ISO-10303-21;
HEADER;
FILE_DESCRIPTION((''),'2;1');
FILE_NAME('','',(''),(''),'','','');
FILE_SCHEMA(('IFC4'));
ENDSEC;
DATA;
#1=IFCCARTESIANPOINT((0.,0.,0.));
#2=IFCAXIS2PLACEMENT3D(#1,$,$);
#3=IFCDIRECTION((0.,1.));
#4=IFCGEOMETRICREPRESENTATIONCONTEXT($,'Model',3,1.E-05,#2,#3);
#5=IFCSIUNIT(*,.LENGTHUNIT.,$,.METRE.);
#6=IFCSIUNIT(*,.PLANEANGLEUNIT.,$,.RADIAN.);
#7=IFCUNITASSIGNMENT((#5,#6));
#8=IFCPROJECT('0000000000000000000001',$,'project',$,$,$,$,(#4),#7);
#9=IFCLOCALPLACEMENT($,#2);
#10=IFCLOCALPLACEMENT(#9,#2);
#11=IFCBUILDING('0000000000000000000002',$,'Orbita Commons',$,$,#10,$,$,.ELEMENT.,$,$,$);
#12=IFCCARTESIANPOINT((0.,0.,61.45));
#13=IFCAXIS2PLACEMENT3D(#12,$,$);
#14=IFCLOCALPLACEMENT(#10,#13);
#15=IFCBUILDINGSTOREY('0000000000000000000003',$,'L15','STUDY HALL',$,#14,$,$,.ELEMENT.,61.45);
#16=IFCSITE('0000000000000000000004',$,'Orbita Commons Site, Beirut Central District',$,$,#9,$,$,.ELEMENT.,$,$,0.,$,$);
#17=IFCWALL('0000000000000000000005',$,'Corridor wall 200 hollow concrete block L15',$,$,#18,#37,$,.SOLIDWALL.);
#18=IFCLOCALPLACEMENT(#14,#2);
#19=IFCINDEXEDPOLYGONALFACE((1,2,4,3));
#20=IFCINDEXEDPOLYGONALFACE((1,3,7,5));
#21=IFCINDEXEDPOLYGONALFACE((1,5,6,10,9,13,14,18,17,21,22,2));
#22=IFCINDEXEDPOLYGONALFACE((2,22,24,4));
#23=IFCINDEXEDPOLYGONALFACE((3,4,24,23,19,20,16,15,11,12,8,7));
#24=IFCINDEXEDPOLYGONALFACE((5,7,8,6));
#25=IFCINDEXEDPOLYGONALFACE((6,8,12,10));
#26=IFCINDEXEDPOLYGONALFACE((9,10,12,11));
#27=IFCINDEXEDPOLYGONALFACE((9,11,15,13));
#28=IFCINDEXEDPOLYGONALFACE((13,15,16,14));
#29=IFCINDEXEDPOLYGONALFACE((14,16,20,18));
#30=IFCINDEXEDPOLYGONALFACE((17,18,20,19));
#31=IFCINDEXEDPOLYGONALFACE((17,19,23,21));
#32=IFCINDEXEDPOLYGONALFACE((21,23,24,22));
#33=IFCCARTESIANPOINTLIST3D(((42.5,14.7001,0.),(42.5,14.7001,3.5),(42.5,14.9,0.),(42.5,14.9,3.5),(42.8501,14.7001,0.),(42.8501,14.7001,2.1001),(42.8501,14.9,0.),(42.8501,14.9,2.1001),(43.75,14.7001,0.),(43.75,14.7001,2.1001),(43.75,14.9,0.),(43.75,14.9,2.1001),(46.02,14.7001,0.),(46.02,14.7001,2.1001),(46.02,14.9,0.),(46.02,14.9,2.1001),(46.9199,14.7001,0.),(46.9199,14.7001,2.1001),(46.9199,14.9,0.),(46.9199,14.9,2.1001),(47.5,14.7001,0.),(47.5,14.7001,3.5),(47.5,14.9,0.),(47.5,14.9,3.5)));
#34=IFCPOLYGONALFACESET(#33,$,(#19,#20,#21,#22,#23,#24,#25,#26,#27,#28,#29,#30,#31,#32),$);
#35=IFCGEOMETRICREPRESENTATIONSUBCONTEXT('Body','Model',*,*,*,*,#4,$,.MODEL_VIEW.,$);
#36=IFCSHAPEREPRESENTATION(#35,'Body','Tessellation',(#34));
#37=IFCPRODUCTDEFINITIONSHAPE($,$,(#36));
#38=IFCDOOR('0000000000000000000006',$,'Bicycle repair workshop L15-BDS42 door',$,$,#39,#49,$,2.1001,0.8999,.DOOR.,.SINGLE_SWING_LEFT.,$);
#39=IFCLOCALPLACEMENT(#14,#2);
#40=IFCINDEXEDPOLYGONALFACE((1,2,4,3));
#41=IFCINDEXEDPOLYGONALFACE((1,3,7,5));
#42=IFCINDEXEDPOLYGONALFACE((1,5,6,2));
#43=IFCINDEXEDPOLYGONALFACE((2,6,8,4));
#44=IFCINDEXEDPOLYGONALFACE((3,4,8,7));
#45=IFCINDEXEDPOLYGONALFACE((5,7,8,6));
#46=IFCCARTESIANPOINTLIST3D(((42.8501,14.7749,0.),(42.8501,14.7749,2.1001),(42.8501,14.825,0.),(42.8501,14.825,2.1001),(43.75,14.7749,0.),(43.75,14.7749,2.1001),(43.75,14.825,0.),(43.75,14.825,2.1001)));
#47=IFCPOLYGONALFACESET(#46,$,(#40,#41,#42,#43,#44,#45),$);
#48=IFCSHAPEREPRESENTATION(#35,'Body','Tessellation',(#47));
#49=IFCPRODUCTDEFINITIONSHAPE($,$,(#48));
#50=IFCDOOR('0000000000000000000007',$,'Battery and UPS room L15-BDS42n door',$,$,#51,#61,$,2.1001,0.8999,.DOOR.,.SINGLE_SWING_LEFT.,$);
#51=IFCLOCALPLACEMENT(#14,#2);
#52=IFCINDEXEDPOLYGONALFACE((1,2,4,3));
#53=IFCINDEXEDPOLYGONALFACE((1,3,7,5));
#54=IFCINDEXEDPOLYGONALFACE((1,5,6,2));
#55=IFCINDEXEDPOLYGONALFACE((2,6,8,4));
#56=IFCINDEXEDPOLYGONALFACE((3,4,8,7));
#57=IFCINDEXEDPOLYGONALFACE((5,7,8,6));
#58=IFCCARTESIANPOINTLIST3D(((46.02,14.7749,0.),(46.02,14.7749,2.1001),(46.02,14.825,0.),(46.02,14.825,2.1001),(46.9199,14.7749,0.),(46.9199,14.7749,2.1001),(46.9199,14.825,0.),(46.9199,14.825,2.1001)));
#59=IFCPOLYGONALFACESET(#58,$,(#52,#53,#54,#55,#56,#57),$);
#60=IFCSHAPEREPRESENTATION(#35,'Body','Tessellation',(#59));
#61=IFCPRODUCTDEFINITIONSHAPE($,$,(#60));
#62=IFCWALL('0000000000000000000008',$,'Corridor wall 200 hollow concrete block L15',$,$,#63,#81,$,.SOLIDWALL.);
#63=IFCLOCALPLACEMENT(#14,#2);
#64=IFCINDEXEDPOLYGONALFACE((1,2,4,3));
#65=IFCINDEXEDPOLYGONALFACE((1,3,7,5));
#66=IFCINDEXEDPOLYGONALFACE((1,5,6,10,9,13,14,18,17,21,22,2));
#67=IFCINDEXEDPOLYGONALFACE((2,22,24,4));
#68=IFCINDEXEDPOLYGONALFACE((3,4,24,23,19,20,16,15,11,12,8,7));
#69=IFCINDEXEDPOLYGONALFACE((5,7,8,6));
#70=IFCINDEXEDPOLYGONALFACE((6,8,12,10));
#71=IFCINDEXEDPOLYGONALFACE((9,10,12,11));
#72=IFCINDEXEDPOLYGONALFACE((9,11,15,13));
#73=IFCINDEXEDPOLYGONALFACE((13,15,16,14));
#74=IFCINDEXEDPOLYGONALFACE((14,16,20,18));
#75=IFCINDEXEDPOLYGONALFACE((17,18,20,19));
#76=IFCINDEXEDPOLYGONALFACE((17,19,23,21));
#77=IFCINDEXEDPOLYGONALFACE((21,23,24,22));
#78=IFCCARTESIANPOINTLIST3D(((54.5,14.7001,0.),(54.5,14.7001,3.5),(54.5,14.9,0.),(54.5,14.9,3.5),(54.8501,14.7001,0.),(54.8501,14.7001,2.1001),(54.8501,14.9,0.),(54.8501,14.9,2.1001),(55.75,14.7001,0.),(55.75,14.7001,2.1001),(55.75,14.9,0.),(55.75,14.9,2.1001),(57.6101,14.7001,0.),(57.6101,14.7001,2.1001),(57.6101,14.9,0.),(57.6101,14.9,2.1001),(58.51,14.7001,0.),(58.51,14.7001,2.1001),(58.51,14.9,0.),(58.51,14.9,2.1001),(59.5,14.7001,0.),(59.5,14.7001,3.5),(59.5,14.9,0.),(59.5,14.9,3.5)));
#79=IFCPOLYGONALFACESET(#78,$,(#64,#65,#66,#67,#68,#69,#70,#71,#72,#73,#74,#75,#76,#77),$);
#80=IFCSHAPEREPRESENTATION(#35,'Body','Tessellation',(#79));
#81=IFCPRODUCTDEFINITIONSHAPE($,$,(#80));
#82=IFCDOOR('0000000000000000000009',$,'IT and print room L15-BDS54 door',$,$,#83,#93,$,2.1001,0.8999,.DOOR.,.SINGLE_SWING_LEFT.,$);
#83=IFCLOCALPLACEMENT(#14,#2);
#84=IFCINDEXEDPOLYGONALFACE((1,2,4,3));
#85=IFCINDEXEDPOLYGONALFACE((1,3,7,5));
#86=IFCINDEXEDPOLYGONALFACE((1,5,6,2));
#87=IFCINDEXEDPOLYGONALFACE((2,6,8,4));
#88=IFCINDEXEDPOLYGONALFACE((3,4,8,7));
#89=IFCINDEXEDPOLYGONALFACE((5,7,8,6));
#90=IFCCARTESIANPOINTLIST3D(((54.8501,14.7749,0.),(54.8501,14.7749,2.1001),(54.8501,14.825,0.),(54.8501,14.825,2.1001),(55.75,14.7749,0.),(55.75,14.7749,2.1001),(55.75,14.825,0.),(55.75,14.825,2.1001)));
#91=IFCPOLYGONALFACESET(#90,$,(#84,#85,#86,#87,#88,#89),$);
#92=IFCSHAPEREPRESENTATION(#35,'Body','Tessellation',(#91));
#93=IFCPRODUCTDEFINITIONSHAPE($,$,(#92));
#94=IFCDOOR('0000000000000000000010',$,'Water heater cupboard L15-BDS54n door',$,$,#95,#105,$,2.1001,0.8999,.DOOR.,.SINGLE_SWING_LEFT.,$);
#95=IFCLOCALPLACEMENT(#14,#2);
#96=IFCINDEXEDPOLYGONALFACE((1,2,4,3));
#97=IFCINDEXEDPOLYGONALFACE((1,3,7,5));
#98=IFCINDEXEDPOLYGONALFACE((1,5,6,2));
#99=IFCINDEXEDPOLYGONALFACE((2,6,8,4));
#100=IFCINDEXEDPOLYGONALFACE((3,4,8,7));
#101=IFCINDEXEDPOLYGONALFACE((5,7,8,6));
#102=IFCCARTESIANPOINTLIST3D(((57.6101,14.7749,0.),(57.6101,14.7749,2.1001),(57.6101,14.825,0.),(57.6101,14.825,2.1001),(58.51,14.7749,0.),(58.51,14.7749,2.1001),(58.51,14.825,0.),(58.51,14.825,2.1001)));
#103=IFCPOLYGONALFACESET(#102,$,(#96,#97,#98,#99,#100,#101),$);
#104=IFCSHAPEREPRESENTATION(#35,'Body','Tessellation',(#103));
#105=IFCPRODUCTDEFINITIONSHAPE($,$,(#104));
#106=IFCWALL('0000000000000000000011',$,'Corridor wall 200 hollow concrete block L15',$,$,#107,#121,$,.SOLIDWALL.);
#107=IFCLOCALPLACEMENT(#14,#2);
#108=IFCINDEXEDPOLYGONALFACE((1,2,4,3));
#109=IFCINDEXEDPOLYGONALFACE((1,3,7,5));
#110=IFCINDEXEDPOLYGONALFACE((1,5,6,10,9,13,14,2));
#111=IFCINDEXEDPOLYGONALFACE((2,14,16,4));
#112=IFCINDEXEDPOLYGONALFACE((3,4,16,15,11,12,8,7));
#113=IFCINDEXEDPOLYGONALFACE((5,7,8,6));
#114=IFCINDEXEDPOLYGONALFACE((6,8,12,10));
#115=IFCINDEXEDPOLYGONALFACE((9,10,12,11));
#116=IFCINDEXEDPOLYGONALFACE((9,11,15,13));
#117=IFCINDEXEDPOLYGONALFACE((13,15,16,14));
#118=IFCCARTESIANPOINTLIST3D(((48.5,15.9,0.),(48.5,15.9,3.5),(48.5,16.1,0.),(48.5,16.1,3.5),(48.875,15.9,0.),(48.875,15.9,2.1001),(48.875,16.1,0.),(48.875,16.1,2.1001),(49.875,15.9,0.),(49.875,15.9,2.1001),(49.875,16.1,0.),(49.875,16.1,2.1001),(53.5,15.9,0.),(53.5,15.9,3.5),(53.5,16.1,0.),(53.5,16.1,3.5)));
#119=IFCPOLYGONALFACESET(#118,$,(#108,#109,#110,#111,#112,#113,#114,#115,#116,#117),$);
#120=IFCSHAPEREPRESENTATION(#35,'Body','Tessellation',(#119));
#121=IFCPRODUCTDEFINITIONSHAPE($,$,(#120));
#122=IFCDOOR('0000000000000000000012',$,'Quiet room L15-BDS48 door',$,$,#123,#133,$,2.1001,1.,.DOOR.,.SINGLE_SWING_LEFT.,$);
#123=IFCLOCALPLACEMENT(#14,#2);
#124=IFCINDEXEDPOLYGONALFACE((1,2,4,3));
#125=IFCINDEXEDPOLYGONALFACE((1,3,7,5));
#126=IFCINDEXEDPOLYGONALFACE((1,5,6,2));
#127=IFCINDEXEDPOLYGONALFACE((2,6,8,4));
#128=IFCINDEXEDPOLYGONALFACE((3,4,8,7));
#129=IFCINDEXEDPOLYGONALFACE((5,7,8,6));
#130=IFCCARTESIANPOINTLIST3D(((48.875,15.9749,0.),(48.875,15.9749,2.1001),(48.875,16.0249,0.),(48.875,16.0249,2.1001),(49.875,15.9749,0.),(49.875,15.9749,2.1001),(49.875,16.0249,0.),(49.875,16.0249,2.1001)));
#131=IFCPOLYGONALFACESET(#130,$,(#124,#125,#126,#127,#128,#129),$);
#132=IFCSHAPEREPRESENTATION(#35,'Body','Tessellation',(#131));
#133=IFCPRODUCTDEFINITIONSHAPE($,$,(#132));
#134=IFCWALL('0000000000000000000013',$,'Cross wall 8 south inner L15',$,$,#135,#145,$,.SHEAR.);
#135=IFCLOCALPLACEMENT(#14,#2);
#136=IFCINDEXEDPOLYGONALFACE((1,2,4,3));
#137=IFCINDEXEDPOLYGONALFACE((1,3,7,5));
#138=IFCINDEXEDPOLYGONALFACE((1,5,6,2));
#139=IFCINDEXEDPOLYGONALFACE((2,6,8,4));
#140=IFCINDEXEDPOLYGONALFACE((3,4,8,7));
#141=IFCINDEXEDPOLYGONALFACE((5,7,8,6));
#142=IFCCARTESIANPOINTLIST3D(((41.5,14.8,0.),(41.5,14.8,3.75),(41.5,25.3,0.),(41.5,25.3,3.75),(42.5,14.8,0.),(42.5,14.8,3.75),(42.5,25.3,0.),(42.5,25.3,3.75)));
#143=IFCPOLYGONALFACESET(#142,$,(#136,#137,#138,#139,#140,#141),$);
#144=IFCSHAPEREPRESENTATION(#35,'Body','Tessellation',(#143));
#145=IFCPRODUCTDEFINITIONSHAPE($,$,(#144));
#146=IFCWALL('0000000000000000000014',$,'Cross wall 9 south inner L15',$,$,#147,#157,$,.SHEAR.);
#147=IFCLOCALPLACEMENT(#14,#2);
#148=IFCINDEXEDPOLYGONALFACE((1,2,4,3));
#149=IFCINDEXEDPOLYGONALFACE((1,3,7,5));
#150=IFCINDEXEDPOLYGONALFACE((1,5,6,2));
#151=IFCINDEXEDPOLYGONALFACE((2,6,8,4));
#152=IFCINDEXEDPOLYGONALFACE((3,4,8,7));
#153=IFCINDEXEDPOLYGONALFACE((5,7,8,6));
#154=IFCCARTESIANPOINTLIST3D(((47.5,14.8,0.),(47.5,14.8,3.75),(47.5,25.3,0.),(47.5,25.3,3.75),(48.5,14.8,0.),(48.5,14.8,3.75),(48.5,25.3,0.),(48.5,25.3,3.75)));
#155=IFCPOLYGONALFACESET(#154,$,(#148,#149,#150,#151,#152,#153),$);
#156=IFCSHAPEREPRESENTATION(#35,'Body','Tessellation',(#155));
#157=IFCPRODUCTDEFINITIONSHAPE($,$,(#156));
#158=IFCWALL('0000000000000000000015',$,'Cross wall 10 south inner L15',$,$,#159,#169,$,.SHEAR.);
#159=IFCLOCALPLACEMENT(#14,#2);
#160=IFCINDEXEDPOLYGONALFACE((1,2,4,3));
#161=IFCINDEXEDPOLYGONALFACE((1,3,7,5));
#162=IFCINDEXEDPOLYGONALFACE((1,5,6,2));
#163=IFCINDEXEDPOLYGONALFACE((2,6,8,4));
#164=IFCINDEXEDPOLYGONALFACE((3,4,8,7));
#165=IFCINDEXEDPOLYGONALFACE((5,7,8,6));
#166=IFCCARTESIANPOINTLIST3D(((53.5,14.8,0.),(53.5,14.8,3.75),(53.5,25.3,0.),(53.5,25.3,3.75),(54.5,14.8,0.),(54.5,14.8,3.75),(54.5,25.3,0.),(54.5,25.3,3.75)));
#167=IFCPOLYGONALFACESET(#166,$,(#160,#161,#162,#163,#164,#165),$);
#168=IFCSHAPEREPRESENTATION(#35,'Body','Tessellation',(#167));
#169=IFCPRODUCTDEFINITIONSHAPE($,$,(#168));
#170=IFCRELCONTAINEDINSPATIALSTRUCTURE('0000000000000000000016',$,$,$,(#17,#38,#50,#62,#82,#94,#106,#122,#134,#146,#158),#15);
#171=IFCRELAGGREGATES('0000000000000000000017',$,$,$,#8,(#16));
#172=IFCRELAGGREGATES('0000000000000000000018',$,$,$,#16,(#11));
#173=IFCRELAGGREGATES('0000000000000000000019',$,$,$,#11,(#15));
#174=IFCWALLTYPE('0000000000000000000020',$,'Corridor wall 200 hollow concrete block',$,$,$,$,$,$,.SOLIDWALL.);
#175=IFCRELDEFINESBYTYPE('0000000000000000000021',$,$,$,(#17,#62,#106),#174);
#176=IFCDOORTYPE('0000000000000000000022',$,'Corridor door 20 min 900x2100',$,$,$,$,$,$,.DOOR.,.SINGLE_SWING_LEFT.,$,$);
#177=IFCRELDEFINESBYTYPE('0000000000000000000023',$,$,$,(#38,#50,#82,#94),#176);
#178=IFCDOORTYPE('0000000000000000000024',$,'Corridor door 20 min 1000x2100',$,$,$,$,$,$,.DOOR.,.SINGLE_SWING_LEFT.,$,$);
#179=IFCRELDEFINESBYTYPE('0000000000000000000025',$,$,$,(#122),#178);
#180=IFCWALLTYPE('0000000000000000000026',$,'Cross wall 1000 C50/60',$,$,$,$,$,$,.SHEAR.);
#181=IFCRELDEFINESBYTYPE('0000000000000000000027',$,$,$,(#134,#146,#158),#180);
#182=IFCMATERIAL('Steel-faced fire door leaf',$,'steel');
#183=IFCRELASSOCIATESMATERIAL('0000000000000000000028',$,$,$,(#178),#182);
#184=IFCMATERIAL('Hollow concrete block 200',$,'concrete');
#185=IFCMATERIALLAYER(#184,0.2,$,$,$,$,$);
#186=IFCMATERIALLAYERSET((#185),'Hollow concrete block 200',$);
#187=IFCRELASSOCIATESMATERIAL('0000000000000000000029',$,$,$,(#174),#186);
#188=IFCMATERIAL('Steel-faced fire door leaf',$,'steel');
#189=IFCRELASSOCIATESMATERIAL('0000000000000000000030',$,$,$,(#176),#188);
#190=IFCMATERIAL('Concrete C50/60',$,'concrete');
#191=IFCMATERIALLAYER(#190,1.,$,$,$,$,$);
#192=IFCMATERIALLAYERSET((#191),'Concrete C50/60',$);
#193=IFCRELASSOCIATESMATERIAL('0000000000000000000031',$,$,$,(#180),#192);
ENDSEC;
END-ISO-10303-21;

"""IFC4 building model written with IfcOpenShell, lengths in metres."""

from ifc_helpers import new_model, si_unit, direction, frame, frame_2d, origin, place, context, subcontext, project, spatial, rectangle, extrude, material, layer, layer_set, type_object, element, fill, save


model = new_model("IFC4")

# Units and contexts
model_context = context("Model", 3, precision=1e-05, world=origin(), true_north=direction((0.0, 1.0)))
body_context = subcontext(model_context, "Body", "Model", "MODEL_VIEW")
ifc_project = project(units=[si_unit("LENGTHUNIT", "METRE"), si_unit("PLANEANGLEUNIT", "RADIAN")], contexts=[model_context])

# Site, building, storey
site_placement = place(None, origin())
site = spatial("IfcSite", under=ifc_project, at=site_placement, Name="Orbita Commons Site, Beirut Central District", CompositionType="ELEMENT", RefElevation=0.0)
building_placement = place(site_placement, origin())
building = spatial("IfcBuilding", under=site, at=building_placement, Name="Orbita Commons", CompositionType="ELEMENT")
storey_placement = place(building_placement, frame((0.0, 0.0, 61.45)))
storey = spatial("IfcBuildingStorey", under=building, at=storey_placement, Name="L15", Description="STUDY HALL", CompositionType="ELEMENT", Elevation=61.45)

# Shared definitions
ifc_material_1 = material(Name="Steel-faced fire door leaf", Category="steel")
door_type_1 = type_object("IfcDoorType", Name="Corridor door 20 min 1000x2100", OperationType="SINGLE_SWING_LEFT", PredefinedType="DOOR", material=ifc_material_1)

# Walls, openings, doors
ifc_material_2 = material(Name="Hollow concrete block 200", Category="concrete")
ifc_layer_1 = layer(ifc_material_2, 0.2)
ifc_layer_set_1 = layer_set([ifc_layer_1], Name="Hollow concrete block 200")
wall_type_1 = type_object("IfcWallType", Name="Corridor wall 200 hollow concrete block", PredefinedType="SOLIDWALL", material=ifc_layer_set_1)
wall_1_placement = place(storey_placement, frame((42.5, 14.8, 0.0), z_axis=(0.0, 0.0, 1.0), x_axis=(1.0, 0.0, 0.0)))
wall_1 = element("IfcWall", 1, at=wall_1_placement, inside=storey, type_object=wall_type_1, Name="Corridor wall 200 hollow concrete block L15", PredefinedType="SOLIDWALL", context=body_context, shape_type="SweptSolid", body=[
    extrude(rectangle(XDim=5.0, YDim=0.2, at=frame_2d((2.5, 0.0))), origin(), (0.0, 0.0, 1.0), 3.5),
])
opening_1_placement = place(wall_1_placement, frame((0.3501, 0.0, 0.0)))
opening_1 = element("IfcOpeningElement", 2, at=opening_1_placement, cuts=wall_1, PredefinedType="OPENING", context=body_context, shape_type="SweptSolid", body=[
    extrude(rectangle(XDim=0.8999, YDim=2.1001, at=frame_2d((0.45, 1.05))), frame((0.0, 0.1099, 0.0), z_axis=(0.0, -1.0, 0.0), x_axis=(1.0, 0.0, 0.0)), (0.0, 0.0, 1.0), 0.22),
])
opening_2_placement = place(wall_1_placement, frame((3.52, 0.0, 0.0)))
opening_2 = element("IfcOpeningElement", 3, at=opening_2_placement, cuts=wall_1, PredefinedType="OPENING", context=body_context, shape_type="SweptSolid", body=[
    extrude(rectangle(XDim=0.8999, YDim=2.1001, at=frame_2d((0.45, 1.05))), frame((0.0, 0.1099, 0.0), z_axis=(0.0, -1.0, 0.0), x_axis=(1.0, 0.0, 0.0)), (0.0, 0.0, 1.0), 0.22),
])
ifc_material_3 = material(Name="Steel-faced fire door leaf", Category="steel")
door_type_2 = type_object("IfcDoorType", Name="Corridor door 20 min 900x2100", OperationType="SINGLE_SWING_LEFT", PredefinedType="DOOR", material=ifc_material_3)
door_1_placement = place(opening_1_placement, origin())
door_1 = element("IfcDoor", 4, at=door_1_placement, inside=storey, type_object=door_type_2, Name="Bicycle repair workshop L15-BDS42 door", OperationType="SINGLE_SWING_LEFT", OverallHeight=2.1001, OverallWidth=0.8999, PredefinedType="DOOR", context=body_context, shape_type="SweptSolid", body=[
    extrude(rectangle(XDim=0.8999, YDim=2.1001, at=frame_2d((0.45, 1.05))), frame((0.0, 0.0249, 0.0), z_axis=(0.0, -1.0, 0.0), x_axis=(1.0, 0.0, 0.0)), (0.0, 0.0, 1.0), 0.05),
])
fill(opening_1, door_1)
door_2_placement = place(opening_2_placement, origin())
door_2 = element("IfcDoor", 5, at=door_2_placement, inside=storey, type_object=door_type_2, Name="Battery and UPS room L15-BDS42n door", OperationType="SINGLE_SWING_LEFT", OverallHeight=2.1001, OverallWidth=0.8999, PredefinedType="DOOR", context=body_context, shape_type="SweptSolid", body=[
    extrude(rectangle(XDim=0.8999, YDim=2.1001, at=frame_2d((0.45, 1.05))), frame((0.0, 0.0249, 0.0), z_axis=(0.0, -1.0, 0.0), x_axis=(1.0, 0.0, 0.0)), (0.0, 0.0, 1.0), 0.05),
])
fill(opening_2, door_2)
wall_2_placement = place(storey_placement, frame((54.5, 14.8, 0.0), z_axis=(0.0, 0.0, 1.0), x_axis=(1.0, 0.0, 0.0)))
wall_2 = element("IfcWall", 6, at=wall_2_placement, inside=storey, type_object=wall_type_1, Name="Corridor wall 200 hollow concrete block L15", PredefinedType="SOLIDWALL", context=body_context, shape_type="SweptSolid", body=[
    extrude(rectangle(XDim=5.0, YDim=0.2, at=frame_2d((2.5, 0.0))), origin(), (0.0, 0.0, 1.0), 3.5),
])
opening_3_placement = place(wall_2_placement, frame((0.3501, 0.0, 0.0)))
opening_3 = element("IfcOpeningElement", 7, at=opening_3_placement, cuts=wall_2, PredefinedType="OPENING", context=body_context, shape_type="SweptSolid", body=[
    extrude(rectangle(XDim=0.8999, YDim=2.1001, at=frame_2d((0.45, 1.05))), frame((0.0, 0.1099, 0.0), z_axis=(0.0, -1.0, 0.0), x_axis=(1.0, 0.0, 0.0)), (0.0, 0.0, 1.0), 0.22),
])
opening_4_placement = place(wall_2_placement, frame((3.1101, 0.0, 0.0)))
opening_4 = element("IfcOpeningElement", 8, at=opening_4_placement, cuts=wall_2, PredefinedType="OPENING", context=body_context, shape_type="SweptSolid", body=[
    extrude(rectangle(XDim=0.8999, YDim=2.1001, at=frame_2d((0.45, 1.05))), frame((0.0, 0.1099, 0.0), z_axis=(0.0, -1.0, 0.0), x_axis=(1.0, 0.0, 0.0)), (0.0, 0.0, 1.0), 0.22),
])
door_3_placement = place(opening_3_placement, origin())
door_3 = element("IfcDoor", 9, at=door_3_placement, inside=storey, type_object=door_type_2, Name="IT and print room L15-BDS54 door", OperationType="SINGLE_SWING_LEFT", OverallHeight=2.1001, OverallWidth=0.8999, PredefinedType="DOOR", context=body_context, shape_type="SweptSolid", body=[
    extrude(rectangle(XDim=0.8999, YDim=2.1001, at=frame_2d((0.45, 1.05))), frame((0.0, 0.0249, 0.0), z_axis=(0.0, -1.0, 0.0), x_axis=(1.0, 0.0, 0.0)), (0.0, 0.0, 1.0), 0.05),
])
fill(opening_3, door_3)
door_4_placement = place(opening_4_placement, origin())
door_4 = element("IfcDoor", 10, at=door_4_placement, inside=storey, type_object=door_type_2, Name="Water heater cupboard L15-BDS54n door", OperationType="SINGLE_SWING_LEFT", OverallHeight=2.1001, OverallWidth=0.8999, PredefinedType="DOOR", context=body_context, shape_type="SweptSolid", body=[
    extrude(rectangle(XDim=0.8999, YDim=2.1001, at=frame_2d((0.45, 1.05))), frame((0.0, 0.0249, 0.0), z_axis=(0.0, -1.0, 0.0), x_axis=(1.0, 0.0, 0.0)), (0.0, 0.0, 1.0), 0.05),
])
fill(opening_4, door_4)

# Wall, opening, door
wall_3_placement = place(storey_placement, frame((48.5, 16.0, 0.0), z_axis=(0.0, 0.0, 1.0), x_axis=(1.0, 0.0, 0.0)))
wall_3 = element("IfcWall", 11, at=wall_3_placement, inside=storey, type_object=wall_type_1, Name="Corridor wall 200 hollow concrete block L15", PredefinedType="SOLIDWALL", context=body_context, shape_type="SweptSolid", body=[
    extrude(rectangle(XDim=5.0, YDim=0.2, at=frame_2d((2.5, 0.0))), origin(), (0.0, 0.0, 1.0), 3.5),
])
opening_5_placement = place(wall_3_placement, frame((0.375, 0.0, 0.0)))
opening_5 = element("IfcOpeningElement", 12, at=opening_5_placement, cuts=wall_3, PredefinedType="OPENING", context=body_context, shape_type="SweptSolid", body=[
    extrude(rectangle(XDim=1.0, YDim=2.1001, at=frame_2d((0.5, 1.05))), frame((0.0, 0.1099, 0.0), z_axis=(0.0, -1.0, 0.0), x_axis=(1.0, 0.0, 0.0)), (0.0, 0.0, 1.0), 0.22),
])
door_5_placement = place(opening_5_placement, origin())
door_5 = element("IfcDoor", 13, at=door_5_placement, inside=storey, type_object=door_type_1, Name="Quiet room L15-BDS48 door", OperationType="SINGLE_SWING_LEFT", OverallHeight=2.1001, OverallWidth=1.0, PredefinedType="DOOR", context=body_context, shape_type="SweptSolid", body=[
    extrude(rectangle(XDim=1.0, YDim=2.1001, at=frame_2d((0.5, 1.05))), frame((0.0, 0.0249, 0.0), z_axis=(0.0, -1.0, 0.0), x_axis=(1.0, 0.0, 0.0)), (0.0, 0.0, 1.0), 0.05),
])
fill(opening_5, door_5)

# Walls
ifc_material_4 = material(Name="Concrete C50/60", Category="concrete")
ifc_layer_2 = layer(ifc_material_4, 1.0)
ifc_layer_set_2 = layer_set([ifc_layer_2], Name="Concrete C50/60")
wall_type_2 = type_object("IfcWallType", Name="Cross wall 1000 C50/60", PredefinedType="SHEAR", material=ifc_layer_set_2)
for number, where, z_axis, x_axis, name in (
    (14, (42.0, 14.8, 0.0), (0.0, 0.0, 1.0), (0.0, 1.0, 0.0), "Cross wall 8 south inner L15"),
    (15, (48.0, 14.8, 0.0), (0.0, 0.0, 1.0), (0.0, 1.0, 0.0), "Cross wall 9 south inner L15"),
    (16, (54.0, 14.8, 0.0), (0.0, 0.0, 1.0), (0.0, 1.0, 0.0), "Cross wall 10 south inner L15"),
):
    element("IfcWall", number, at=place(storey_placement, frame(where, z_axis=z_axis, x_axis=x_axis)), inside=storey, type_object=wall_type_2, Name=name, PredefinedType="SHEAR", context=body_context, shape_type="SweptSolid", body=[
        extrude(rectangle(XDim=10.5, YDim=1.0, at=frame_2d((5.25, 0.0))), origin(), (0.0, 0.0, 1.0), 3.75),
    ])

save(model, "model.ifc")
